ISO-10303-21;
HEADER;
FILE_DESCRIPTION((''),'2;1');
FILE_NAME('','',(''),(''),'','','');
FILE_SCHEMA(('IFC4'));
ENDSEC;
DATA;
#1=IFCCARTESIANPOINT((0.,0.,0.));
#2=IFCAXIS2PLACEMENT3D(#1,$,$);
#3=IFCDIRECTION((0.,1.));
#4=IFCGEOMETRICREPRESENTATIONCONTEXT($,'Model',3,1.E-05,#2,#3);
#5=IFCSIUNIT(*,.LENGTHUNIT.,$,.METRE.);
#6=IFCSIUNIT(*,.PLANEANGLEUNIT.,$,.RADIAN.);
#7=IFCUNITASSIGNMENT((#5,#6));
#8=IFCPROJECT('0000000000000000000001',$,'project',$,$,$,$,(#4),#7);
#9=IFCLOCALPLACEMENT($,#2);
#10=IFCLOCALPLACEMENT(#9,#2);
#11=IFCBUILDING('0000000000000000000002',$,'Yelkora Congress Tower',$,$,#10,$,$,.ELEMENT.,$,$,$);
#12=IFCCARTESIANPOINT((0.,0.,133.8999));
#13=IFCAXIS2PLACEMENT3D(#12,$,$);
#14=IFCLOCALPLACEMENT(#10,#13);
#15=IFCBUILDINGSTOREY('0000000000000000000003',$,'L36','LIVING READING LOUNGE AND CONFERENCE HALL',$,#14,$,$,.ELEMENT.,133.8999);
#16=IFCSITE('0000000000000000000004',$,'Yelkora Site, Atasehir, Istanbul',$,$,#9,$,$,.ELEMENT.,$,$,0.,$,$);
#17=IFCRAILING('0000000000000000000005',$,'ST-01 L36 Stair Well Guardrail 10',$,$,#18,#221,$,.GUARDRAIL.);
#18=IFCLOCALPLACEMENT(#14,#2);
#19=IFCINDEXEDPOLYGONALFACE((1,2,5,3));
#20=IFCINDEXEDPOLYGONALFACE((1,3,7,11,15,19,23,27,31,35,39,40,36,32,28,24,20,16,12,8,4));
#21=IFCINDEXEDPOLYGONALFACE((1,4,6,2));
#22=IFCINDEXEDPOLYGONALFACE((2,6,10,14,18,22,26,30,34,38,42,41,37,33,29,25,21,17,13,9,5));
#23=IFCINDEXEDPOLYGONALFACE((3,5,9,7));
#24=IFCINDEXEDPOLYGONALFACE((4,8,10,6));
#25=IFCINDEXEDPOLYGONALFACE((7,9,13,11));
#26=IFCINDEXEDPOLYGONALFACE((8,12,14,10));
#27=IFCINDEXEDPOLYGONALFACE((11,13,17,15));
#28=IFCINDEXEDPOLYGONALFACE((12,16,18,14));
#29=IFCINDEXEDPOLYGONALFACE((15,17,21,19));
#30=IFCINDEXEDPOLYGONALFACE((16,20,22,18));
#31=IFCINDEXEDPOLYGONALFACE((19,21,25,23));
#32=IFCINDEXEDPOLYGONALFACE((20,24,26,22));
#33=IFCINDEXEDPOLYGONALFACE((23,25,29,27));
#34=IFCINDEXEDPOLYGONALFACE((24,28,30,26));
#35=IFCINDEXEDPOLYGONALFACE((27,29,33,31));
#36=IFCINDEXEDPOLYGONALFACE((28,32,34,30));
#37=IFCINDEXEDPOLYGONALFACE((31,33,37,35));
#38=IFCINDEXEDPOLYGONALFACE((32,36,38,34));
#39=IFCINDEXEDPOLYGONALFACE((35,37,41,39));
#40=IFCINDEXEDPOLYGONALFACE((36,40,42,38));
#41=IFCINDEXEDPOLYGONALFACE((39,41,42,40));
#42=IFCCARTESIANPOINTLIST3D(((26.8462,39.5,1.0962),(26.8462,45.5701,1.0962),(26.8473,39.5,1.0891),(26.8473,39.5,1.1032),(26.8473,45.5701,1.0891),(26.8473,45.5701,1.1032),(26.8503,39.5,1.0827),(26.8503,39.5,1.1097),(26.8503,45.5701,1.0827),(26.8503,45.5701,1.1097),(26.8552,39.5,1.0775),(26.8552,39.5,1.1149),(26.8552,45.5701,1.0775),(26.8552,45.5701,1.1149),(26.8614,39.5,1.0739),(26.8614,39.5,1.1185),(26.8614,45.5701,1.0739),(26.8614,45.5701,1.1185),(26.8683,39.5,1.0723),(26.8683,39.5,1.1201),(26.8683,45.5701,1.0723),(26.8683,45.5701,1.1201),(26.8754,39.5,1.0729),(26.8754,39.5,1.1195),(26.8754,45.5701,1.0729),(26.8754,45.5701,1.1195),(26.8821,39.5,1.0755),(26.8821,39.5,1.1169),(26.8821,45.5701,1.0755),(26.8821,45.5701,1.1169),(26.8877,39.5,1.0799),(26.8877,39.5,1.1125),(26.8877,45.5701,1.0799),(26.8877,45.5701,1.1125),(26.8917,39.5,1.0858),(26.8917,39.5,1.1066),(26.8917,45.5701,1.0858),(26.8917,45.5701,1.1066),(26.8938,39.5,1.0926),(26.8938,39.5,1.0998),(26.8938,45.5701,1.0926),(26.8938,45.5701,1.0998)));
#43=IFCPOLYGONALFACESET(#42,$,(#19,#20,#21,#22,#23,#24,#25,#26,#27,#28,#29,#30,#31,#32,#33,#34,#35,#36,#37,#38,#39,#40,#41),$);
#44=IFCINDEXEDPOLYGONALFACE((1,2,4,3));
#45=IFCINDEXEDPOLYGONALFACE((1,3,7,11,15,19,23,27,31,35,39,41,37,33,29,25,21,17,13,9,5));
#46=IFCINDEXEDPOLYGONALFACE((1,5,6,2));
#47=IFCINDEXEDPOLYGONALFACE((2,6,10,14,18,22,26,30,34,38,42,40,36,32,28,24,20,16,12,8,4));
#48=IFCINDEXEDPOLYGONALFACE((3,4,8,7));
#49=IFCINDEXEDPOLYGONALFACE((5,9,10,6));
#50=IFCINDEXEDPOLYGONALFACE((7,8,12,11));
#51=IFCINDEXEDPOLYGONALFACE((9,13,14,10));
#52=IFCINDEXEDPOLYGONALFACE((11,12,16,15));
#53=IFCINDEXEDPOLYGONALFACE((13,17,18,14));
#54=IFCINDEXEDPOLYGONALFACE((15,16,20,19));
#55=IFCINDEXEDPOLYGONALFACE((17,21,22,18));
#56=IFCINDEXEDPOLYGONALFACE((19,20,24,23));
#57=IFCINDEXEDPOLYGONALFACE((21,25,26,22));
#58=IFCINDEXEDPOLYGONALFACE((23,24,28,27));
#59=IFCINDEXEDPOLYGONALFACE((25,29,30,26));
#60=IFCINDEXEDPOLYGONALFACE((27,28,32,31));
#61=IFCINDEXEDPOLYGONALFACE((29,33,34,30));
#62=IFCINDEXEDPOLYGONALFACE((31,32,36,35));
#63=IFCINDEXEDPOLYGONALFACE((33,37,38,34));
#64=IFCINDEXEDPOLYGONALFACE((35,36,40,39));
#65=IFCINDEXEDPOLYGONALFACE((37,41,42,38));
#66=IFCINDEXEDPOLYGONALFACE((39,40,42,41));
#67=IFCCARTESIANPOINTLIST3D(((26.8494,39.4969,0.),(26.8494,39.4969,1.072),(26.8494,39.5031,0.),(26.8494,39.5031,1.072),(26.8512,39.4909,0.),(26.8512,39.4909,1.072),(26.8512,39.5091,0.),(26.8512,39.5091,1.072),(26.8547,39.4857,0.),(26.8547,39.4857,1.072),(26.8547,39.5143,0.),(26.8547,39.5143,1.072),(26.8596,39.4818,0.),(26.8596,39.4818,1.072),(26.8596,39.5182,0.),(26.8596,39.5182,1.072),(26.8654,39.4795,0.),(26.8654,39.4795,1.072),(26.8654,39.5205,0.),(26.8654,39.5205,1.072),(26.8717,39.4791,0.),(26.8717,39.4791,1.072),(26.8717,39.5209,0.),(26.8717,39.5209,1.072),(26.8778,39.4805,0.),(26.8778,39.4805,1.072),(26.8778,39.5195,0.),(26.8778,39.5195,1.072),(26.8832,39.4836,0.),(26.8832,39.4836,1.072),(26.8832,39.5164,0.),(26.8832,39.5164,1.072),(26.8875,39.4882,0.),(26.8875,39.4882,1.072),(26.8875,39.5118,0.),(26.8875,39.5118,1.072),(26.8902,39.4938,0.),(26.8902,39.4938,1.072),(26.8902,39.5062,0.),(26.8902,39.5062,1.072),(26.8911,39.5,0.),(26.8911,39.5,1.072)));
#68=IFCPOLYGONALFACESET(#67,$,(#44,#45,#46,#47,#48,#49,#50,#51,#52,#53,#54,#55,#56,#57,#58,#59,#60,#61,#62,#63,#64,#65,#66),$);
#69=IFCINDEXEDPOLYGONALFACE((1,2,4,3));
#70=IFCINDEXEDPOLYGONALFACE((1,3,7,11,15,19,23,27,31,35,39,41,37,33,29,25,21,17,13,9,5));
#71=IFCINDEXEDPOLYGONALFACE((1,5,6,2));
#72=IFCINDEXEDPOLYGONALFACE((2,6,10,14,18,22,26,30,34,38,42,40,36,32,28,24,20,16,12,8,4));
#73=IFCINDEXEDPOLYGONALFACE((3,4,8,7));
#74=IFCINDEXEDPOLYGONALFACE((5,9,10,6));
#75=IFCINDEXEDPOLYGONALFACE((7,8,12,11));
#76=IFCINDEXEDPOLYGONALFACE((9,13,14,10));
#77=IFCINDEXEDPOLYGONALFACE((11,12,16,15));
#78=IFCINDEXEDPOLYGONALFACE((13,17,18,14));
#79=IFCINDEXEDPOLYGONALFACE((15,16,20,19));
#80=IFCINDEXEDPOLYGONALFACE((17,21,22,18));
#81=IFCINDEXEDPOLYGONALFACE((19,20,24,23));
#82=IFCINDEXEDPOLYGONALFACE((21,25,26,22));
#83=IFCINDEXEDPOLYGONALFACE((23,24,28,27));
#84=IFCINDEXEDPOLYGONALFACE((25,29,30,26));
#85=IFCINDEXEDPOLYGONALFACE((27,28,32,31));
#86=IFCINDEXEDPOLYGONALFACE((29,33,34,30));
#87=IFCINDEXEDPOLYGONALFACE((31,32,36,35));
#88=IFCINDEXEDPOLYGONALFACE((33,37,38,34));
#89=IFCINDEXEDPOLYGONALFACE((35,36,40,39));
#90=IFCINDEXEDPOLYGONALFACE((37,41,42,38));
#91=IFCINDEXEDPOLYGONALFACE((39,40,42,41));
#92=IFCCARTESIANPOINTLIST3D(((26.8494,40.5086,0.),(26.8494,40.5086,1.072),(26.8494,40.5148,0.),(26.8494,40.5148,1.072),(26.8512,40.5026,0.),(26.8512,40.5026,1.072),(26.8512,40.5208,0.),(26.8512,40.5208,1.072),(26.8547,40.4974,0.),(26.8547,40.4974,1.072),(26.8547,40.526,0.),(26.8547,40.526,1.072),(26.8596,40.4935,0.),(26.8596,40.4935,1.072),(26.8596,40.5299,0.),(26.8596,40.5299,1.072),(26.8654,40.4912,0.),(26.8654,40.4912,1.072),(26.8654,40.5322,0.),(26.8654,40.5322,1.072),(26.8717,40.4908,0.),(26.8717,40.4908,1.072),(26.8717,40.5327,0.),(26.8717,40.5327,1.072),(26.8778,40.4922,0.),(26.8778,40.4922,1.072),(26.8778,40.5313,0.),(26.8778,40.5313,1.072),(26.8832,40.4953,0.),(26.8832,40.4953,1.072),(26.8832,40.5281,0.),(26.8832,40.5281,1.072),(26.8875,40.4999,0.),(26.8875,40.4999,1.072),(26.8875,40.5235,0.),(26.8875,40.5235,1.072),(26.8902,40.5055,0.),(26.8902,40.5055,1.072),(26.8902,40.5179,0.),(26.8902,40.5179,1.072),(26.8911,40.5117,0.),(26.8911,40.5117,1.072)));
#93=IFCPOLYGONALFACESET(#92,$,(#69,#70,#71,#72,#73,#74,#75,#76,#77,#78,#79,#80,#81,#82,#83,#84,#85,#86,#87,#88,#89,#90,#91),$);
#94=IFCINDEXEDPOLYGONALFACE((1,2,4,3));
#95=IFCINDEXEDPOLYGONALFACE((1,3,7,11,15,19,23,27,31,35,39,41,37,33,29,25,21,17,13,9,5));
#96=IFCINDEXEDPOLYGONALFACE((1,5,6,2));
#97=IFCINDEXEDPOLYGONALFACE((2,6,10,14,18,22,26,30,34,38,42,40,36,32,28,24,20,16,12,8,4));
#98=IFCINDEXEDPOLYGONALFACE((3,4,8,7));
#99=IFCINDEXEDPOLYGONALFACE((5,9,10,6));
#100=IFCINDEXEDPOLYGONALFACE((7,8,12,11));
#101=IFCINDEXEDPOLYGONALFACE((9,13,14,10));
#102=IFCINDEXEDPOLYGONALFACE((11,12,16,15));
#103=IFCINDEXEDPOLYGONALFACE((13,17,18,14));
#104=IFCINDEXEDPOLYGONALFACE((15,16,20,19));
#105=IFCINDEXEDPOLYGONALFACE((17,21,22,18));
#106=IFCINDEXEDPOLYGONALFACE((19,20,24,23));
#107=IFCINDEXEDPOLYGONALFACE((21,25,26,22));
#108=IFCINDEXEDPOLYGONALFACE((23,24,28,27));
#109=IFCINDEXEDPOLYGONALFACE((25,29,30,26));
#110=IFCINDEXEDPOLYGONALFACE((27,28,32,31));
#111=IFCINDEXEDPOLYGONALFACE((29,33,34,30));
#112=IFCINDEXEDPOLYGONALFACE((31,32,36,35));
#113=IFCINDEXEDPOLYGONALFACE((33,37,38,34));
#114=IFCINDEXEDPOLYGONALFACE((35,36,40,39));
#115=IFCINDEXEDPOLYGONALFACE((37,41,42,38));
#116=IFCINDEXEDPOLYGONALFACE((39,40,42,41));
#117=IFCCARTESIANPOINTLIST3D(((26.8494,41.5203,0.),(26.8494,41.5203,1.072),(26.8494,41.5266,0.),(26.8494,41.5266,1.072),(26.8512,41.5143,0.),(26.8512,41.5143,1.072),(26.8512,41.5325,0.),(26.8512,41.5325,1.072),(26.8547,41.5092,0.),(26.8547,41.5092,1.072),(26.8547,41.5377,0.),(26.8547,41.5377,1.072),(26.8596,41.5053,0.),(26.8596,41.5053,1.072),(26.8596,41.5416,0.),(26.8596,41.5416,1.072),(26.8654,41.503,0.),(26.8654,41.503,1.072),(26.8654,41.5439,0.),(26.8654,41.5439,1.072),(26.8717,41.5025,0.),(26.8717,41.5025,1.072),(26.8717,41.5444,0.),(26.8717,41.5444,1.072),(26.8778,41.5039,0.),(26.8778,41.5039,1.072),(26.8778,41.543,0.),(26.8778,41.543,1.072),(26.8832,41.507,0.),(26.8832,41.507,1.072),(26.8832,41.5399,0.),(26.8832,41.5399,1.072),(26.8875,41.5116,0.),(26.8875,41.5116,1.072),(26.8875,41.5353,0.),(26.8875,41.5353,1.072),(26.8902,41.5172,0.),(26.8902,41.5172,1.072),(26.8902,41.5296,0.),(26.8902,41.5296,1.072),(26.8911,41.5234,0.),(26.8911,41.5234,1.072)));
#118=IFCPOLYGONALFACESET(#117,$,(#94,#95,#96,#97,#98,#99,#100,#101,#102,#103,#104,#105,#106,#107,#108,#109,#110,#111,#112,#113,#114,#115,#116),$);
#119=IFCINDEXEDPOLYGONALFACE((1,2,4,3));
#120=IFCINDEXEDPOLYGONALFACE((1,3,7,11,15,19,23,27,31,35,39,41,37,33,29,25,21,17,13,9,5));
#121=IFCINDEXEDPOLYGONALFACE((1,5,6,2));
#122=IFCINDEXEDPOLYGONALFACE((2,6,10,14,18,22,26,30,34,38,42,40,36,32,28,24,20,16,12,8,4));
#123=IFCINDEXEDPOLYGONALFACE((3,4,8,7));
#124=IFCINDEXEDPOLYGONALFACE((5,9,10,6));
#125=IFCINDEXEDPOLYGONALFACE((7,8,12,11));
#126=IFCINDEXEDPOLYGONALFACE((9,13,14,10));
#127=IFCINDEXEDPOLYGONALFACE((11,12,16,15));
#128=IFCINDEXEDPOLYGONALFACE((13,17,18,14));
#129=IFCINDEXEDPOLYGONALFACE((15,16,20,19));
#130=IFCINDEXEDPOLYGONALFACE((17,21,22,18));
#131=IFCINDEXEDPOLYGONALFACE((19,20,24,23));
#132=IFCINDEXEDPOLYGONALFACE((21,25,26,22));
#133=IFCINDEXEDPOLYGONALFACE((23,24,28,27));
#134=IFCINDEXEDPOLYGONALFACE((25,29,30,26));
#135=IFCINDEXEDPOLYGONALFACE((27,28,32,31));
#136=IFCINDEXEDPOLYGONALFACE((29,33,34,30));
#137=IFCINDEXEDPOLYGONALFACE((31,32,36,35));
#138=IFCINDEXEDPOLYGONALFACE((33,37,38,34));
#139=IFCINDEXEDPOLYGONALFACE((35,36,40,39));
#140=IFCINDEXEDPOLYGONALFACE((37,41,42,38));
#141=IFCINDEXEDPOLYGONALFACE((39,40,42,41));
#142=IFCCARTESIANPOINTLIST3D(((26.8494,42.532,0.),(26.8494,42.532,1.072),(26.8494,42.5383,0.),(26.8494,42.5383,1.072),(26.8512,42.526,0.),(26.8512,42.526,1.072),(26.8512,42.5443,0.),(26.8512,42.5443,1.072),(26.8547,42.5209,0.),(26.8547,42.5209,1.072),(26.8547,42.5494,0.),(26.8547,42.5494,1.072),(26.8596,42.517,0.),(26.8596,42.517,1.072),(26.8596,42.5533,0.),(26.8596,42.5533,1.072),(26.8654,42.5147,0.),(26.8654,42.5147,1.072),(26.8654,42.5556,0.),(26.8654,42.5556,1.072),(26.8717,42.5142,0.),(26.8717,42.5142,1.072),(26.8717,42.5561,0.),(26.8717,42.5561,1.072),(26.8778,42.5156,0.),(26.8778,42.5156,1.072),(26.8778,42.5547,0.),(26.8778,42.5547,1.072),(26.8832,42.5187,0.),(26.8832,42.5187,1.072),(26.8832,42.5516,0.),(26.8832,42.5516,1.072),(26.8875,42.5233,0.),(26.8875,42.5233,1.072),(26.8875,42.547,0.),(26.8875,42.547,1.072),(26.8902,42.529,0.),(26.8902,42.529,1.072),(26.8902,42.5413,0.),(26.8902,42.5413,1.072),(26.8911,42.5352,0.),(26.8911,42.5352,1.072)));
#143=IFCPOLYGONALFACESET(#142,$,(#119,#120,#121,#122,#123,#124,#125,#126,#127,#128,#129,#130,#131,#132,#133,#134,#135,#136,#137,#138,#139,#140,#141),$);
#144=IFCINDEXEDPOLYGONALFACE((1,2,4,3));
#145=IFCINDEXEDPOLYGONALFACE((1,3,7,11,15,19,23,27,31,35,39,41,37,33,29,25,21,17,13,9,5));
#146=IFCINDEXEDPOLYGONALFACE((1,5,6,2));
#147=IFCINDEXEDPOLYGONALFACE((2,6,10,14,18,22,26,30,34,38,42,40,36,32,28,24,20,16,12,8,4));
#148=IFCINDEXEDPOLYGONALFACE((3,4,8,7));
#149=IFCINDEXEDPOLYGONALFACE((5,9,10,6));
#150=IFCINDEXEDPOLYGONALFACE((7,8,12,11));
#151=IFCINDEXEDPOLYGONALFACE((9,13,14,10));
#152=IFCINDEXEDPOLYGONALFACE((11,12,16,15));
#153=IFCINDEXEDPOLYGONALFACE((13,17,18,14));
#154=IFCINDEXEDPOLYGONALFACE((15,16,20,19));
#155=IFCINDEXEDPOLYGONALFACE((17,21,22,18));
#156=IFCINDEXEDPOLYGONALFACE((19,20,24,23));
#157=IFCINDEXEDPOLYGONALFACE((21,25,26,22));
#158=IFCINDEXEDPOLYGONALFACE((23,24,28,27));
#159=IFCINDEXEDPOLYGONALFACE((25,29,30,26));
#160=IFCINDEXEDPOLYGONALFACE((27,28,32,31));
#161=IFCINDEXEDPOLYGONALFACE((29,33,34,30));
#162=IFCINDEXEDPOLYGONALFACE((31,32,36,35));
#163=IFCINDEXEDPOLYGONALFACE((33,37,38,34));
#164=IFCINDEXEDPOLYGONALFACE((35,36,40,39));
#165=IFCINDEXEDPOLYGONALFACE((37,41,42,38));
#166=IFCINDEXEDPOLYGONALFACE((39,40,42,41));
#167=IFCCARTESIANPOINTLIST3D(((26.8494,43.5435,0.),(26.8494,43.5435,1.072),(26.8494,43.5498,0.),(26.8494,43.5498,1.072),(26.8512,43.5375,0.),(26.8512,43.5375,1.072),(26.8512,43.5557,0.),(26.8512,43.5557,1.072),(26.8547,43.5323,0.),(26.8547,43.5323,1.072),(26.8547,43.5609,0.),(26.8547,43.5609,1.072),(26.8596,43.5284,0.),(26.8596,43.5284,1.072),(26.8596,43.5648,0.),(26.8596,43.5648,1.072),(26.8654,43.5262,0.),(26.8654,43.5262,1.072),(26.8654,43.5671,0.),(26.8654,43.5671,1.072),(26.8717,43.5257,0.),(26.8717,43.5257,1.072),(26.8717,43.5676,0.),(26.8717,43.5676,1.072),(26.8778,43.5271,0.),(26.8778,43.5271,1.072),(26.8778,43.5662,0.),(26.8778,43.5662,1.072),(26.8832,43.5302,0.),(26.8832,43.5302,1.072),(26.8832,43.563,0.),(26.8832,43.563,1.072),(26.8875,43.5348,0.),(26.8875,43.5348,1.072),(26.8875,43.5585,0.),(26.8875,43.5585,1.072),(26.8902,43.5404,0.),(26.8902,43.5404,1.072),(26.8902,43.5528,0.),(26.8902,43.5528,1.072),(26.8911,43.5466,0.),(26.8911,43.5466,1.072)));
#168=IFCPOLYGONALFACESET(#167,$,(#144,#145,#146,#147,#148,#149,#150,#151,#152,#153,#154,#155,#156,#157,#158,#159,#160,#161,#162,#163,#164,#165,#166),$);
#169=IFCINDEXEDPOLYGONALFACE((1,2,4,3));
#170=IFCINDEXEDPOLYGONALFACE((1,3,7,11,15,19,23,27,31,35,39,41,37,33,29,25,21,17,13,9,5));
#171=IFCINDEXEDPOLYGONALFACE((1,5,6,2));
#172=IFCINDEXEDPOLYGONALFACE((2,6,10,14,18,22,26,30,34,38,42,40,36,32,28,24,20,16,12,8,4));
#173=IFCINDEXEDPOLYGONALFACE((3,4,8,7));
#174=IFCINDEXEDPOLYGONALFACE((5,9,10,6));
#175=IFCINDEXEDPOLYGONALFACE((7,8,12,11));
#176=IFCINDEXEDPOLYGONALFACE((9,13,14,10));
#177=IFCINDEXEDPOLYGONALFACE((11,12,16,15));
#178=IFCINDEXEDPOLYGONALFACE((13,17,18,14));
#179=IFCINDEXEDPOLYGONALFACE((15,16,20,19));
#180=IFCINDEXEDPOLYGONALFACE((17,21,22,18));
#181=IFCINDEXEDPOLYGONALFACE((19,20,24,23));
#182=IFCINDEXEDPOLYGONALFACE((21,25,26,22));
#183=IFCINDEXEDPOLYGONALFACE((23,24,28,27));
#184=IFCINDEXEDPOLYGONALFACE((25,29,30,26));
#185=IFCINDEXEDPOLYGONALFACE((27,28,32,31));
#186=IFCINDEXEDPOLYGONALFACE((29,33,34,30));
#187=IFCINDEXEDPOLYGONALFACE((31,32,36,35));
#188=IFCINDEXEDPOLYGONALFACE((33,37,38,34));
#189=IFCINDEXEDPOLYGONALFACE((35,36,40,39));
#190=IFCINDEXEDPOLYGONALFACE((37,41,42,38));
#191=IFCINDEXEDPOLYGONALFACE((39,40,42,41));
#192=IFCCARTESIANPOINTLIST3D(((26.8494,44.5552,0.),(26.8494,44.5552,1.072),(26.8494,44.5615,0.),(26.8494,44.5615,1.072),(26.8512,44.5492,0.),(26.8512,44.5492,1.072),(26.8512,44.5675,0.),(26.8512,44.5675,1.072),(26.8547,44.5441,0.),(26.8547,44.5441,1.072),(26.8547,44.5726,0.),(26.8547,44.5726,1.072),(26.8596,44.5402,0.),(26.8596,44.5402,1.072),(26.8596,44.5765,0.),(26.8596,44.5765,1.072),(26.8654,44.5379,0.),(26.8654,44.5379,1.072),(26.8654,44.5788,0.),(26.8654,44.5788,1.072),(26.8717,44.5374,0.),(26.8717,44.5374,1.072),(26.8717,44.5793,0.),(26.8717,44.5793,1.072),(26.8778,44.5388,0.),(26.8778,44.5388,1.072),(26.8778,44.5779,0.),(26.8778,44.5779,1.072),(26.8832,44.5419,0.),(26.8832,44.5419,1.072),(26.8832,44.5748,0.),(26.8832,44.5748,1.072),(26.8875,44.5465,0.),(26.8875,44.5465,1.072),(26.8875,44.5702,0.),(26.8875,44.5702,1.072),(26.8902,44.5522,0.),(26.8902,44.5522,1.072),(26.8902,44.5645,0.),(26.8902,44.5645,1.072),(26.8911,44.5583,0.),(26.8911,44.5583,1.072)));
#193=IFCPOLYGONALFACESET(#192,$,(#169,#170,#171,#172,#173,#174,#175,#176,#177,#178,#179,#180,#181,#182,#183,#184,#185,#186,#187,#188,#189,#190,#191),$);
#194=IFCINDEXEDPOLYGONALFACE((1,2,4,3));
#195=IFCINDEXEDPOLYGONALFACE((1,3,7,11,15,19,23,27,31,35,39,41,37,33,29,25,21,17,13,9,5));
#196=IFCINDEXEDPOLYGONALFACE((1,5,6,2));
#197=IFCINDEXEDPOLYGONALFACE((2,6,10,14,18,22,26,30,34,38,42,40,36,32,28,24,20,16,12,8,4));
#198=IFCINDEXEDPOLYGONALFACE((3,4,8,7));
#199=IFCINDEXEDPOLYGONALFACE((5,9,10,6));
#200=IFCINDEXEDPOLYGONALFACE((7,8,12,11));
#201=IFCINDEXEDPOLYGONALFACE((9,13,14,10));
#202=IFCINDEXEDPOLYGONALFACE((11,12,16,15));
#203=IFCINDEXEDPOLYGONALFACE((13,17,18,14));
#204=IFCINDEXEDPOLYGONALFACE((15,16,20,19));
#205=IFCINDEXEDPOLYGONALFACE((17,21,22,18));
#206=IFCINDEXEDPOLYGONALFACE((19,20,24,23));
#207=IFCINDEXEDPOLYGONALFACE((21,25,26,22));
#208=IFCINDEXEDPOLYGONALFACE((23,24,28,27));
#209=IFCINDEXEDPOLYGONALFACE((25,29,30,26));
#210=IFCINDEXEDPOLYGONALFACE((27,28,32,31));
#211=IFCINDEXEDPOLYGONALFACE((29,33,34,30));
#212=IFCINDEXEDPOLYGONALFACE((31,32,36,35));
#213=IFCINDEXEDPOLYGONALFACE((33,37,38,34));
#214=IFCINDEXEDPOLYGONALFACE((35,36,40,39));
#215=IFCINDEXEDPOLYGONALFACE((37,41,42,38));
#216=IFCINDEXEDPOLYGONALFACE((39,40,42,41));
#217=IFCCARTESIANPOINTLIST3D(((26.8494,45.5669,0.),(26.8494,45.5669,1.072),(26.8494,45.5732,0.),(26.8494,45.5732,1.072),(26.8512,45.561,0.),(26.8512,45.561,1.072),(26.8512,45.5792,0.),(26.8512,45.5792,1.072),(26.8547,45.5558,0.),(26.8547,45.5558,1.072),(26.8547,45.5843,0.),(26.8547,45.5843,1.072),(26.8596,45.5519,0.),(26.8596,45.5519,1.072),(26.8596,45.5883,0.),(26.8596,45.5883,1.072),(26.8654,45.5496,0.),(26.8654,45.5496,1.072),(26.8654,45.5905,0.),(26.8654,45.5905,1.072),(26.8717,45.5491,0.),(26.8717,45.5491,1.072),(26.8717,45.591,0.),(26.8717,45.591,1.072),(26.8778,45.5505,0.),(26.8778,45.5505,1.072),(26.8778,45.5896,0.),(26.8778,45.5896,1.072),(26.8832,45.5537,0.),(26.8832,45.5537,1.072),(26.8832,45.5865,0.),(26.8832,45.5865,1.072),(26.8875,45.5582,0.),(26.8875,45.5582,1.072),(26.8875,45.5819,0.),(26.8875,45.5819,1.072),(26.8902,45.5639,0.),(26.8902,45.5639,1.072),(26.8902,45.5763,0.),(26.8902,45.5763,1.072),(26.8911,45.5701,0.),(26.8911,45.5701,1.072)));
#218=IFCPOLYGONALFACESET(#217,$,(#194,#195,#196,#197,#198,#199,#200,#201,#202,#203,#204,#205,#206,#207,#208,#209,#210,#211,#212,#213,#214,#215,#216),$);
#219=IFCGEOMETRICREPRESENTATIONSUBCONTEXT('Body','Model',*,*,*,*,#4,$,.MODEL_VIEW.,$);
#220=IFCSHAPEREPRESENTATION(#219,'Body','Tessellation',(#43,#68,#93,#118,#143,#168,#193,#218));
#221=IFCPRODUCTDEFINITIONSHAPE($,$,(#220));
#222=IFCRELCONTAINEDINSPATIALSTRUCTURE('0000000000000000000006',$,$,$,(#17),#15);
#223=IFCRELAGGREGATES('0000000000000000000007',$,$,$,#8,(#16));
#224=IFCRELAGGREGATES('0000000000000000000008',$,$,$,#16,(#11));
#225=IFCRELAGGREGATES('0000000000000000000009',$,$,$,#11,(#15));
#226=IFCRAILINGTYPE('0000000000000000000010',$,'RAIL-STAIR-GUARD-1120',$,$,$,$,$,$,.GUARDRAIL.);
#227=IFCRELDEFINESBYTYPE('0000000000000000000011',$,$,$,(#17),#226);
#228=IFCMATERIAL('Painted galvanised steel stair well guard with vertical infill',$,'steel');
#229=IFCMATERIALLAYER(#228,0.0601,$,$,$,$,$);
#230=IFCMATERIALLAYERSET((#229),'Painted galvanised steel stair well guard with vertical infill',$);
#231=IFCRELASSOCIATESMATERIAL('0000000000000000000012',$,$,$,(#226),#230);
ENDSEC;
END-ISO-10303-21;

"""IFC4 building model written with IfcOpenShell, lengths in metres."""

from ifc_helpers import new_model, si_unit, direction, frame, origin, origin_2d, place, context, subcontext, project, spatial, circle, extrude, material, layer, layer_set, type_object, element, save


model = new_model("IFC4")

# Units and contexts
model_context = context("Model", 3, precision=1e-05, world=origin(), true_north=direction((0.0, 1.0)))
body_context = subcontext(model_context, "Body", "Model", "MODEL_VIEW")
ifc_project = project(units=[si_unit("LENGTHUNIT", "METRE"), si_unit("PLANEANGLEUNIT", "RADIAN")], contexts=[model_context])

# Site, building, storey
site_placement = place(None, origin())
site = spatial("IfcSite", under=ifc_project, at=site_placement, Name="Yelkora Site, Atasehir, Istanbul", CompositionType="ELEMENT", RefElevation=0.0)
building_placement = place(site_placement, origin())
building = spatial("IfcBuilding", under=site, at=building_placement, Name="Yelkora Congress Tower", CompositionType="ELEMENT")
storey_placement = place(building_placement, frame((0.0, 0.0, 133.8999)))
storey = spatial("IfcBuildingStorey", under=building, at=storey_placement, Name="L36", Description="LIVING READING LOUNGE AND CONFERENCE HALL", CompositionType="ELEMENT", Elevation=133.8999)

# Railing
ifc_material_1 = material(Name="Painted galvanised steel stair well guard with vertical infill", Category="steel")
ifc_layer_1 = layer(ifc_material_1, 0.0601)
ifc_layer_set_1 = layer_set([ifc_layer_1], Name="Painted galvanised steel stair well guard with vertical infill")
railing_type_1 = type_object("IfcRailingType", Name="RAIL-STAIR-GUARD-1120", PredefinedType="GUARDRAIL", material=ifc_layer_set_1)
railing_1_placement = place(storey_placement, frame((26.8701, 39.5, 0.0)))
element("IfcRailing", 1, at=railing_1_placement, inside=storey, type_object=railing_type_1, Name="ST-01 L36 Stair Well Guardrail 10", PredefinedType="GUARDRAIL", context=body_context, shape_type="SweptSolid", body=[
    extrude(circle(Radius=0.0239, at=origin_2d()), frame((0.0, 0.0, 1.0962), z_axis=(0.0, 1.0, 0.0), x_axis=(-1.0, 0.0, 0.0)), (0.0, 0.0, 1.0), 6.0701),
    extrude(circle(Radius=0.021, at=origin_2d()), origin(), (0.0, 0.0, 1.0), 1.072),
    extrude(circle(Radius=0.021, at=origin_2d()), frame((0.0, 1.0117, 0.0)), (0.0, 0.0, 1.0), 1.072),
    extrude(circle(Radius=0.021, at=origin_2d()), frame((0.0, 2.0234, 0.0)), (0.0, 0.0, 1.0), 1.072),
    extrude(circle(Radius=0.021, at=origin_2d()), frame((0.0, 3.0352, 0.0)), (0.0, 0.0, 1.0), 1.072),
    extrude(circle(Radius=0.021, at=origin_2d()), frame((0.0, 4.0466, 0.0)), (0.0, 0.0, 1.0), 1.072),
    extrude(circle(Radius=0.021, at=origin_2d()), frame((0.0, 5.0583, 0.0)), (0.0, 0.0, 1.0), 1.072),
    extrude(circle(Radius=0.021, at=origin_2d()), frame((0.0, 6.0701, 0.0)), (0.0, 0.0, 1.0), 1.072),
])

save(model, "model.ifc")
